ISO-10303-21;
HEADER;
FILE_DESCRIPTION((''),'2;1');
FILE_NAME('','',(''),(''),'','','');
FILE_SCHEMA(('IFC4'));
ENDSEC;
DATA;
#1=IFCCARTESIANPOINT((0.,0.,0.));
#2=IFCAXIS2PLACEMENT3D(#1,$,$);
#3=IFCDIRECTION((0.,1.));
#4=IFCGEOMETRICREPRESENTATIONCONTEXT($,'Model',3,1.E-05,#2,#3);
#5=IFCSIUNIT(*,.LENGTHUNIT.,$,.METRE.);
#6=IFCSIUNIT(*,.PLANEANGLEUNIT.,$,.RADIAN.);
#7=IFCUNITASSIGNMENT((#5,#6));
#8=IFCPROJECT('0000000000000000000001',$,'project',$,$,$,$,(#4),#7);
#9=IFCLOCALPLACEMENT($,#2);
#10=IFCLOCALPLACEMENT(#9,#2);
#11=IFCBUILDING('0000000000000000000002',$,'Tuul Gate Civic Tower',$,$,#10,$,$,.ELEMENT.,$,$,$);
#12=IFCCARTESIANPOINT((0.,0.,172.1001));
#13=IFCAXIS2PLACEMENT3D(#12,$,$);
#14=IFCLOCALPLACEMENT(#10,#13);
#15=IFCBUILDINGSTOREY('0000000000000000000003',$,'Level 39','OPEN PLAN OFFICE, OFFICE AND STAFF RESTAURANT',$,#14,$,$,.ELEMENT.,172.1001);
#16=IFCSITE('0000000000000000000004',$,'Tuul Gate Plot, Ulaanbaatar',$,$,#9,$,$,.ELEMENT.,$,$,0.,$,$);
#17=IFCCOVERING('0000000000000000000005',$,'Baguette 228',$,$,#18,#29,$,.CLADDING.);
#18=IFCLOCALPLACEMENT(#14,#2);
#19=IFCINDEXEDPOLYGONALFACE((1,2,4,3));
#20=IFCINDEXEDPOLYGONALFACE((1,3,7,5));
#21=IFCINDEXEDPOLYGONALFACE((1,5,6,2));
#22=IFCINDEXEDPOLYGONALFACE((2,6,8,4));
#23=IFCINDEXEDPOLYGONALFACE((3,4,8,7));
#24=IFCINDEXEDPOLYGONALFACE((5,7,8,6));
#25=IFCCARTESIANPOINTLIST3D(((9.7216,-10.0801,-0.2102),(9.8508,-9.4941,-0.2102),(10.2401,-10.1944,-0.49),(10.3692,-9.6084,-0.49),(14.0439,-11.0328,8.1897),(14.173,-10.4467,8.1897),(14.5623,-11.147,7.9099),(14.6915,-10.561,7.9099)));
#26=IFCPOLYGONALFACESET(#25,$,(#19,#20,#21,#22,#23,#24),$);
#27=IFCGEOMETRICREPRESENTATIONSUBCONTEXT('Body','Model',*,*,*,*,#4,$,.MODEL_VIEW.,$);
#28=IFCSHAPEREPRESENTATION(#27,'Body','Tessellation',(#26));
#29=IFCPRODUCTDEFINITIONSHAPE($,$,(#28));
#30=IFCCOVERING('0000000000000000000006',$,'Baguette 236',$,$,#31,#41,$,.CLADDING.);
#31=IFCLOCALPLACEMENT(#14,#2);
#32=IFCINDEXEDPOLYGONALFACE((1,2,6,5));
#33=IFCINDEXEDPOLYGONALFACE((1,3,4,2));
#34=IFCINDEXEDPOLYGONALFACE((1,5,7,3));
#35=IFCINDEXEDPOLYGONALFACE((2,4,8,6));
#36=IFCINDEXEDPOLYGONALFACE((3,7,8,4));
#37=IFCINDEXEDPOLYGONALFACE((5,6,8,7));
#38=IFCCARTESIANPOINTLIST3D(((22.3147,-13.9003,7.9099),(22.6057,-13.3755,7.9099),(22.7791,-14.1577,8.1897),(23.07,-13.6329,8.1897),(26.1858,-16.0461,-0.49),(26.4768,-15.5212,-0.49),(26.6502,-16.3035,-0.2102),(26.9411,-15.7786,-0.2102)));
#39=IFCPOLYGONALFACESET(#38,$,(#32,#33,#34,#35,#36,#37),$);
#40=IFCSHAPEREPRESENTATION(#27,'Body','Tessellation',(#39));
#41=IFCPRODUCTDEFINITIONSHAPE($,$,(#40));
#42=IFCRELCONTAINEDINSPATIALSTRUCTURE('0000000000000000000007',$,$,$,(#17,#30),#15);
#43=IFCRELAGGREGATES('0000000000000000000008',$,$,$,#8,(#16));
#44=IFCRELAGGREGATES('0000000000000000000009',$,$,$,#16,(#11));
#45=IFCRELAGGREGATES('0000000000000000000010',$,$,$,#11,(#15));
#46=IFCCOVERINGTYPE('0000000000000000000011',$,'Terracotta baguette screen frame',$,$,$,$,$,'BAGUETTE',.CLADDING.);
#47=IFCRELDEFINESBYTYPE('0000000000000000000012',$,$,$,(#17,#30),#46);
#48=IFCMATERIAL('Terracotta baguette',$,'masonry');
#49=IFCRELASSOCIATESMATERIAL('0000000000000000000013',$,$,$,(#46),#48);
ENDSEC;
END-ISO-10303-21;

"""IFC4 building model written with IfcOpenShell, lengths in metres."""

from ifc_helpers import new_model, si_unit, direction, frame, origin, origin_2d, place, context, subcontext, project, spatial, rectangle, extrude, material, material_profile, profile_set, type_object, element, save


model = new_model("IFC4")

# Units and contexts
model_context = context("Model", 3, precision=1e-05, world=origin(), true_north=direction((0.0, 1.0)))
body_context = subcontext(model_context, "Body", "Model", "MODEL_VIEW")
ifc_project = project(units=[si_unit("LENGTHUNIT", "METRE"), si_unit("PLANEANGLEUNIT", "RADIAN")], contexts=[model_context])

# Site, building, storey
site_placement = place(None, origin())
site = spatial("IfcSite", under=ifc_project, at=site_placement, Name="Tuul Gate Plot, Ulaanbaatar", CompositionType="ELEMENT", RefElevation=0.0)
building_placement = place(site_placement, origin())
building = spatial("IfcBuilding", under=site, at=building_placement, Name="Tuul Gate Civic Tower", CompositionType="ELEMENT")
storey_placement = place(building_placement, frame((0.0, 0.0, 172.1001)))
storey = spatial("IfcBuildingStorey", under=building, at=storey_placement, Name="Level 39", Description="OPEN PLAN OFFICE, OFFICE AND STAFF RESTAURANT", CompositionType="ELEMENT", Elevation=172.1001)

# Coverings
ifc_material_1 = material(Name="Terracotta baguette", Category="masonry")
ifc_material_profile_1 = material_profile(ifc_material_1, rectangle(XDim=0.6001, YDim=0.6001, at=origin_2d()), Name="Terracotta baguette screen frame")
ifc_profile_set_1 = profile_set([ifc_material_profile_1], Name="Terracotta baguette")
covering_type = type_object("IfcCoveringType", Name="Terracotta baguette screen frame", ElementType="BAGUETTE", PredefinedType="CLADDING", material=ifc_profile_set_1)
for number, where, z_axis, x_axis, name in (
    (1, (14.3677, -10.7969, 8.0498), (-0.455233, 0.100334, -0.884701), (-0.215236, -0.976562, 0.0), "Baguette 228"),
    (2, (22.6924, -13.7666, 8.0498), (0.407714, -0.225996, -0.8847), (0.484804, 0.874623, 0.0), "Baguette 236"),
):
    element("IfcCovering", number, at=place(storey_placement, frame(where, z_axis=z_axis, x_axis=x_axis)), inside=storey, type_object=covering_type, Name=name, PredefinedType="CLADDING", context=body_context, shape_type="SweptSolid", body=[
        extrude(rectangle(XDim=0.6001, YDim=0.6001, at=origin_2d()), origin(), (0.0, 0.0, 1.0), 9.4946),
    ])

save(model, "model.ifc")
